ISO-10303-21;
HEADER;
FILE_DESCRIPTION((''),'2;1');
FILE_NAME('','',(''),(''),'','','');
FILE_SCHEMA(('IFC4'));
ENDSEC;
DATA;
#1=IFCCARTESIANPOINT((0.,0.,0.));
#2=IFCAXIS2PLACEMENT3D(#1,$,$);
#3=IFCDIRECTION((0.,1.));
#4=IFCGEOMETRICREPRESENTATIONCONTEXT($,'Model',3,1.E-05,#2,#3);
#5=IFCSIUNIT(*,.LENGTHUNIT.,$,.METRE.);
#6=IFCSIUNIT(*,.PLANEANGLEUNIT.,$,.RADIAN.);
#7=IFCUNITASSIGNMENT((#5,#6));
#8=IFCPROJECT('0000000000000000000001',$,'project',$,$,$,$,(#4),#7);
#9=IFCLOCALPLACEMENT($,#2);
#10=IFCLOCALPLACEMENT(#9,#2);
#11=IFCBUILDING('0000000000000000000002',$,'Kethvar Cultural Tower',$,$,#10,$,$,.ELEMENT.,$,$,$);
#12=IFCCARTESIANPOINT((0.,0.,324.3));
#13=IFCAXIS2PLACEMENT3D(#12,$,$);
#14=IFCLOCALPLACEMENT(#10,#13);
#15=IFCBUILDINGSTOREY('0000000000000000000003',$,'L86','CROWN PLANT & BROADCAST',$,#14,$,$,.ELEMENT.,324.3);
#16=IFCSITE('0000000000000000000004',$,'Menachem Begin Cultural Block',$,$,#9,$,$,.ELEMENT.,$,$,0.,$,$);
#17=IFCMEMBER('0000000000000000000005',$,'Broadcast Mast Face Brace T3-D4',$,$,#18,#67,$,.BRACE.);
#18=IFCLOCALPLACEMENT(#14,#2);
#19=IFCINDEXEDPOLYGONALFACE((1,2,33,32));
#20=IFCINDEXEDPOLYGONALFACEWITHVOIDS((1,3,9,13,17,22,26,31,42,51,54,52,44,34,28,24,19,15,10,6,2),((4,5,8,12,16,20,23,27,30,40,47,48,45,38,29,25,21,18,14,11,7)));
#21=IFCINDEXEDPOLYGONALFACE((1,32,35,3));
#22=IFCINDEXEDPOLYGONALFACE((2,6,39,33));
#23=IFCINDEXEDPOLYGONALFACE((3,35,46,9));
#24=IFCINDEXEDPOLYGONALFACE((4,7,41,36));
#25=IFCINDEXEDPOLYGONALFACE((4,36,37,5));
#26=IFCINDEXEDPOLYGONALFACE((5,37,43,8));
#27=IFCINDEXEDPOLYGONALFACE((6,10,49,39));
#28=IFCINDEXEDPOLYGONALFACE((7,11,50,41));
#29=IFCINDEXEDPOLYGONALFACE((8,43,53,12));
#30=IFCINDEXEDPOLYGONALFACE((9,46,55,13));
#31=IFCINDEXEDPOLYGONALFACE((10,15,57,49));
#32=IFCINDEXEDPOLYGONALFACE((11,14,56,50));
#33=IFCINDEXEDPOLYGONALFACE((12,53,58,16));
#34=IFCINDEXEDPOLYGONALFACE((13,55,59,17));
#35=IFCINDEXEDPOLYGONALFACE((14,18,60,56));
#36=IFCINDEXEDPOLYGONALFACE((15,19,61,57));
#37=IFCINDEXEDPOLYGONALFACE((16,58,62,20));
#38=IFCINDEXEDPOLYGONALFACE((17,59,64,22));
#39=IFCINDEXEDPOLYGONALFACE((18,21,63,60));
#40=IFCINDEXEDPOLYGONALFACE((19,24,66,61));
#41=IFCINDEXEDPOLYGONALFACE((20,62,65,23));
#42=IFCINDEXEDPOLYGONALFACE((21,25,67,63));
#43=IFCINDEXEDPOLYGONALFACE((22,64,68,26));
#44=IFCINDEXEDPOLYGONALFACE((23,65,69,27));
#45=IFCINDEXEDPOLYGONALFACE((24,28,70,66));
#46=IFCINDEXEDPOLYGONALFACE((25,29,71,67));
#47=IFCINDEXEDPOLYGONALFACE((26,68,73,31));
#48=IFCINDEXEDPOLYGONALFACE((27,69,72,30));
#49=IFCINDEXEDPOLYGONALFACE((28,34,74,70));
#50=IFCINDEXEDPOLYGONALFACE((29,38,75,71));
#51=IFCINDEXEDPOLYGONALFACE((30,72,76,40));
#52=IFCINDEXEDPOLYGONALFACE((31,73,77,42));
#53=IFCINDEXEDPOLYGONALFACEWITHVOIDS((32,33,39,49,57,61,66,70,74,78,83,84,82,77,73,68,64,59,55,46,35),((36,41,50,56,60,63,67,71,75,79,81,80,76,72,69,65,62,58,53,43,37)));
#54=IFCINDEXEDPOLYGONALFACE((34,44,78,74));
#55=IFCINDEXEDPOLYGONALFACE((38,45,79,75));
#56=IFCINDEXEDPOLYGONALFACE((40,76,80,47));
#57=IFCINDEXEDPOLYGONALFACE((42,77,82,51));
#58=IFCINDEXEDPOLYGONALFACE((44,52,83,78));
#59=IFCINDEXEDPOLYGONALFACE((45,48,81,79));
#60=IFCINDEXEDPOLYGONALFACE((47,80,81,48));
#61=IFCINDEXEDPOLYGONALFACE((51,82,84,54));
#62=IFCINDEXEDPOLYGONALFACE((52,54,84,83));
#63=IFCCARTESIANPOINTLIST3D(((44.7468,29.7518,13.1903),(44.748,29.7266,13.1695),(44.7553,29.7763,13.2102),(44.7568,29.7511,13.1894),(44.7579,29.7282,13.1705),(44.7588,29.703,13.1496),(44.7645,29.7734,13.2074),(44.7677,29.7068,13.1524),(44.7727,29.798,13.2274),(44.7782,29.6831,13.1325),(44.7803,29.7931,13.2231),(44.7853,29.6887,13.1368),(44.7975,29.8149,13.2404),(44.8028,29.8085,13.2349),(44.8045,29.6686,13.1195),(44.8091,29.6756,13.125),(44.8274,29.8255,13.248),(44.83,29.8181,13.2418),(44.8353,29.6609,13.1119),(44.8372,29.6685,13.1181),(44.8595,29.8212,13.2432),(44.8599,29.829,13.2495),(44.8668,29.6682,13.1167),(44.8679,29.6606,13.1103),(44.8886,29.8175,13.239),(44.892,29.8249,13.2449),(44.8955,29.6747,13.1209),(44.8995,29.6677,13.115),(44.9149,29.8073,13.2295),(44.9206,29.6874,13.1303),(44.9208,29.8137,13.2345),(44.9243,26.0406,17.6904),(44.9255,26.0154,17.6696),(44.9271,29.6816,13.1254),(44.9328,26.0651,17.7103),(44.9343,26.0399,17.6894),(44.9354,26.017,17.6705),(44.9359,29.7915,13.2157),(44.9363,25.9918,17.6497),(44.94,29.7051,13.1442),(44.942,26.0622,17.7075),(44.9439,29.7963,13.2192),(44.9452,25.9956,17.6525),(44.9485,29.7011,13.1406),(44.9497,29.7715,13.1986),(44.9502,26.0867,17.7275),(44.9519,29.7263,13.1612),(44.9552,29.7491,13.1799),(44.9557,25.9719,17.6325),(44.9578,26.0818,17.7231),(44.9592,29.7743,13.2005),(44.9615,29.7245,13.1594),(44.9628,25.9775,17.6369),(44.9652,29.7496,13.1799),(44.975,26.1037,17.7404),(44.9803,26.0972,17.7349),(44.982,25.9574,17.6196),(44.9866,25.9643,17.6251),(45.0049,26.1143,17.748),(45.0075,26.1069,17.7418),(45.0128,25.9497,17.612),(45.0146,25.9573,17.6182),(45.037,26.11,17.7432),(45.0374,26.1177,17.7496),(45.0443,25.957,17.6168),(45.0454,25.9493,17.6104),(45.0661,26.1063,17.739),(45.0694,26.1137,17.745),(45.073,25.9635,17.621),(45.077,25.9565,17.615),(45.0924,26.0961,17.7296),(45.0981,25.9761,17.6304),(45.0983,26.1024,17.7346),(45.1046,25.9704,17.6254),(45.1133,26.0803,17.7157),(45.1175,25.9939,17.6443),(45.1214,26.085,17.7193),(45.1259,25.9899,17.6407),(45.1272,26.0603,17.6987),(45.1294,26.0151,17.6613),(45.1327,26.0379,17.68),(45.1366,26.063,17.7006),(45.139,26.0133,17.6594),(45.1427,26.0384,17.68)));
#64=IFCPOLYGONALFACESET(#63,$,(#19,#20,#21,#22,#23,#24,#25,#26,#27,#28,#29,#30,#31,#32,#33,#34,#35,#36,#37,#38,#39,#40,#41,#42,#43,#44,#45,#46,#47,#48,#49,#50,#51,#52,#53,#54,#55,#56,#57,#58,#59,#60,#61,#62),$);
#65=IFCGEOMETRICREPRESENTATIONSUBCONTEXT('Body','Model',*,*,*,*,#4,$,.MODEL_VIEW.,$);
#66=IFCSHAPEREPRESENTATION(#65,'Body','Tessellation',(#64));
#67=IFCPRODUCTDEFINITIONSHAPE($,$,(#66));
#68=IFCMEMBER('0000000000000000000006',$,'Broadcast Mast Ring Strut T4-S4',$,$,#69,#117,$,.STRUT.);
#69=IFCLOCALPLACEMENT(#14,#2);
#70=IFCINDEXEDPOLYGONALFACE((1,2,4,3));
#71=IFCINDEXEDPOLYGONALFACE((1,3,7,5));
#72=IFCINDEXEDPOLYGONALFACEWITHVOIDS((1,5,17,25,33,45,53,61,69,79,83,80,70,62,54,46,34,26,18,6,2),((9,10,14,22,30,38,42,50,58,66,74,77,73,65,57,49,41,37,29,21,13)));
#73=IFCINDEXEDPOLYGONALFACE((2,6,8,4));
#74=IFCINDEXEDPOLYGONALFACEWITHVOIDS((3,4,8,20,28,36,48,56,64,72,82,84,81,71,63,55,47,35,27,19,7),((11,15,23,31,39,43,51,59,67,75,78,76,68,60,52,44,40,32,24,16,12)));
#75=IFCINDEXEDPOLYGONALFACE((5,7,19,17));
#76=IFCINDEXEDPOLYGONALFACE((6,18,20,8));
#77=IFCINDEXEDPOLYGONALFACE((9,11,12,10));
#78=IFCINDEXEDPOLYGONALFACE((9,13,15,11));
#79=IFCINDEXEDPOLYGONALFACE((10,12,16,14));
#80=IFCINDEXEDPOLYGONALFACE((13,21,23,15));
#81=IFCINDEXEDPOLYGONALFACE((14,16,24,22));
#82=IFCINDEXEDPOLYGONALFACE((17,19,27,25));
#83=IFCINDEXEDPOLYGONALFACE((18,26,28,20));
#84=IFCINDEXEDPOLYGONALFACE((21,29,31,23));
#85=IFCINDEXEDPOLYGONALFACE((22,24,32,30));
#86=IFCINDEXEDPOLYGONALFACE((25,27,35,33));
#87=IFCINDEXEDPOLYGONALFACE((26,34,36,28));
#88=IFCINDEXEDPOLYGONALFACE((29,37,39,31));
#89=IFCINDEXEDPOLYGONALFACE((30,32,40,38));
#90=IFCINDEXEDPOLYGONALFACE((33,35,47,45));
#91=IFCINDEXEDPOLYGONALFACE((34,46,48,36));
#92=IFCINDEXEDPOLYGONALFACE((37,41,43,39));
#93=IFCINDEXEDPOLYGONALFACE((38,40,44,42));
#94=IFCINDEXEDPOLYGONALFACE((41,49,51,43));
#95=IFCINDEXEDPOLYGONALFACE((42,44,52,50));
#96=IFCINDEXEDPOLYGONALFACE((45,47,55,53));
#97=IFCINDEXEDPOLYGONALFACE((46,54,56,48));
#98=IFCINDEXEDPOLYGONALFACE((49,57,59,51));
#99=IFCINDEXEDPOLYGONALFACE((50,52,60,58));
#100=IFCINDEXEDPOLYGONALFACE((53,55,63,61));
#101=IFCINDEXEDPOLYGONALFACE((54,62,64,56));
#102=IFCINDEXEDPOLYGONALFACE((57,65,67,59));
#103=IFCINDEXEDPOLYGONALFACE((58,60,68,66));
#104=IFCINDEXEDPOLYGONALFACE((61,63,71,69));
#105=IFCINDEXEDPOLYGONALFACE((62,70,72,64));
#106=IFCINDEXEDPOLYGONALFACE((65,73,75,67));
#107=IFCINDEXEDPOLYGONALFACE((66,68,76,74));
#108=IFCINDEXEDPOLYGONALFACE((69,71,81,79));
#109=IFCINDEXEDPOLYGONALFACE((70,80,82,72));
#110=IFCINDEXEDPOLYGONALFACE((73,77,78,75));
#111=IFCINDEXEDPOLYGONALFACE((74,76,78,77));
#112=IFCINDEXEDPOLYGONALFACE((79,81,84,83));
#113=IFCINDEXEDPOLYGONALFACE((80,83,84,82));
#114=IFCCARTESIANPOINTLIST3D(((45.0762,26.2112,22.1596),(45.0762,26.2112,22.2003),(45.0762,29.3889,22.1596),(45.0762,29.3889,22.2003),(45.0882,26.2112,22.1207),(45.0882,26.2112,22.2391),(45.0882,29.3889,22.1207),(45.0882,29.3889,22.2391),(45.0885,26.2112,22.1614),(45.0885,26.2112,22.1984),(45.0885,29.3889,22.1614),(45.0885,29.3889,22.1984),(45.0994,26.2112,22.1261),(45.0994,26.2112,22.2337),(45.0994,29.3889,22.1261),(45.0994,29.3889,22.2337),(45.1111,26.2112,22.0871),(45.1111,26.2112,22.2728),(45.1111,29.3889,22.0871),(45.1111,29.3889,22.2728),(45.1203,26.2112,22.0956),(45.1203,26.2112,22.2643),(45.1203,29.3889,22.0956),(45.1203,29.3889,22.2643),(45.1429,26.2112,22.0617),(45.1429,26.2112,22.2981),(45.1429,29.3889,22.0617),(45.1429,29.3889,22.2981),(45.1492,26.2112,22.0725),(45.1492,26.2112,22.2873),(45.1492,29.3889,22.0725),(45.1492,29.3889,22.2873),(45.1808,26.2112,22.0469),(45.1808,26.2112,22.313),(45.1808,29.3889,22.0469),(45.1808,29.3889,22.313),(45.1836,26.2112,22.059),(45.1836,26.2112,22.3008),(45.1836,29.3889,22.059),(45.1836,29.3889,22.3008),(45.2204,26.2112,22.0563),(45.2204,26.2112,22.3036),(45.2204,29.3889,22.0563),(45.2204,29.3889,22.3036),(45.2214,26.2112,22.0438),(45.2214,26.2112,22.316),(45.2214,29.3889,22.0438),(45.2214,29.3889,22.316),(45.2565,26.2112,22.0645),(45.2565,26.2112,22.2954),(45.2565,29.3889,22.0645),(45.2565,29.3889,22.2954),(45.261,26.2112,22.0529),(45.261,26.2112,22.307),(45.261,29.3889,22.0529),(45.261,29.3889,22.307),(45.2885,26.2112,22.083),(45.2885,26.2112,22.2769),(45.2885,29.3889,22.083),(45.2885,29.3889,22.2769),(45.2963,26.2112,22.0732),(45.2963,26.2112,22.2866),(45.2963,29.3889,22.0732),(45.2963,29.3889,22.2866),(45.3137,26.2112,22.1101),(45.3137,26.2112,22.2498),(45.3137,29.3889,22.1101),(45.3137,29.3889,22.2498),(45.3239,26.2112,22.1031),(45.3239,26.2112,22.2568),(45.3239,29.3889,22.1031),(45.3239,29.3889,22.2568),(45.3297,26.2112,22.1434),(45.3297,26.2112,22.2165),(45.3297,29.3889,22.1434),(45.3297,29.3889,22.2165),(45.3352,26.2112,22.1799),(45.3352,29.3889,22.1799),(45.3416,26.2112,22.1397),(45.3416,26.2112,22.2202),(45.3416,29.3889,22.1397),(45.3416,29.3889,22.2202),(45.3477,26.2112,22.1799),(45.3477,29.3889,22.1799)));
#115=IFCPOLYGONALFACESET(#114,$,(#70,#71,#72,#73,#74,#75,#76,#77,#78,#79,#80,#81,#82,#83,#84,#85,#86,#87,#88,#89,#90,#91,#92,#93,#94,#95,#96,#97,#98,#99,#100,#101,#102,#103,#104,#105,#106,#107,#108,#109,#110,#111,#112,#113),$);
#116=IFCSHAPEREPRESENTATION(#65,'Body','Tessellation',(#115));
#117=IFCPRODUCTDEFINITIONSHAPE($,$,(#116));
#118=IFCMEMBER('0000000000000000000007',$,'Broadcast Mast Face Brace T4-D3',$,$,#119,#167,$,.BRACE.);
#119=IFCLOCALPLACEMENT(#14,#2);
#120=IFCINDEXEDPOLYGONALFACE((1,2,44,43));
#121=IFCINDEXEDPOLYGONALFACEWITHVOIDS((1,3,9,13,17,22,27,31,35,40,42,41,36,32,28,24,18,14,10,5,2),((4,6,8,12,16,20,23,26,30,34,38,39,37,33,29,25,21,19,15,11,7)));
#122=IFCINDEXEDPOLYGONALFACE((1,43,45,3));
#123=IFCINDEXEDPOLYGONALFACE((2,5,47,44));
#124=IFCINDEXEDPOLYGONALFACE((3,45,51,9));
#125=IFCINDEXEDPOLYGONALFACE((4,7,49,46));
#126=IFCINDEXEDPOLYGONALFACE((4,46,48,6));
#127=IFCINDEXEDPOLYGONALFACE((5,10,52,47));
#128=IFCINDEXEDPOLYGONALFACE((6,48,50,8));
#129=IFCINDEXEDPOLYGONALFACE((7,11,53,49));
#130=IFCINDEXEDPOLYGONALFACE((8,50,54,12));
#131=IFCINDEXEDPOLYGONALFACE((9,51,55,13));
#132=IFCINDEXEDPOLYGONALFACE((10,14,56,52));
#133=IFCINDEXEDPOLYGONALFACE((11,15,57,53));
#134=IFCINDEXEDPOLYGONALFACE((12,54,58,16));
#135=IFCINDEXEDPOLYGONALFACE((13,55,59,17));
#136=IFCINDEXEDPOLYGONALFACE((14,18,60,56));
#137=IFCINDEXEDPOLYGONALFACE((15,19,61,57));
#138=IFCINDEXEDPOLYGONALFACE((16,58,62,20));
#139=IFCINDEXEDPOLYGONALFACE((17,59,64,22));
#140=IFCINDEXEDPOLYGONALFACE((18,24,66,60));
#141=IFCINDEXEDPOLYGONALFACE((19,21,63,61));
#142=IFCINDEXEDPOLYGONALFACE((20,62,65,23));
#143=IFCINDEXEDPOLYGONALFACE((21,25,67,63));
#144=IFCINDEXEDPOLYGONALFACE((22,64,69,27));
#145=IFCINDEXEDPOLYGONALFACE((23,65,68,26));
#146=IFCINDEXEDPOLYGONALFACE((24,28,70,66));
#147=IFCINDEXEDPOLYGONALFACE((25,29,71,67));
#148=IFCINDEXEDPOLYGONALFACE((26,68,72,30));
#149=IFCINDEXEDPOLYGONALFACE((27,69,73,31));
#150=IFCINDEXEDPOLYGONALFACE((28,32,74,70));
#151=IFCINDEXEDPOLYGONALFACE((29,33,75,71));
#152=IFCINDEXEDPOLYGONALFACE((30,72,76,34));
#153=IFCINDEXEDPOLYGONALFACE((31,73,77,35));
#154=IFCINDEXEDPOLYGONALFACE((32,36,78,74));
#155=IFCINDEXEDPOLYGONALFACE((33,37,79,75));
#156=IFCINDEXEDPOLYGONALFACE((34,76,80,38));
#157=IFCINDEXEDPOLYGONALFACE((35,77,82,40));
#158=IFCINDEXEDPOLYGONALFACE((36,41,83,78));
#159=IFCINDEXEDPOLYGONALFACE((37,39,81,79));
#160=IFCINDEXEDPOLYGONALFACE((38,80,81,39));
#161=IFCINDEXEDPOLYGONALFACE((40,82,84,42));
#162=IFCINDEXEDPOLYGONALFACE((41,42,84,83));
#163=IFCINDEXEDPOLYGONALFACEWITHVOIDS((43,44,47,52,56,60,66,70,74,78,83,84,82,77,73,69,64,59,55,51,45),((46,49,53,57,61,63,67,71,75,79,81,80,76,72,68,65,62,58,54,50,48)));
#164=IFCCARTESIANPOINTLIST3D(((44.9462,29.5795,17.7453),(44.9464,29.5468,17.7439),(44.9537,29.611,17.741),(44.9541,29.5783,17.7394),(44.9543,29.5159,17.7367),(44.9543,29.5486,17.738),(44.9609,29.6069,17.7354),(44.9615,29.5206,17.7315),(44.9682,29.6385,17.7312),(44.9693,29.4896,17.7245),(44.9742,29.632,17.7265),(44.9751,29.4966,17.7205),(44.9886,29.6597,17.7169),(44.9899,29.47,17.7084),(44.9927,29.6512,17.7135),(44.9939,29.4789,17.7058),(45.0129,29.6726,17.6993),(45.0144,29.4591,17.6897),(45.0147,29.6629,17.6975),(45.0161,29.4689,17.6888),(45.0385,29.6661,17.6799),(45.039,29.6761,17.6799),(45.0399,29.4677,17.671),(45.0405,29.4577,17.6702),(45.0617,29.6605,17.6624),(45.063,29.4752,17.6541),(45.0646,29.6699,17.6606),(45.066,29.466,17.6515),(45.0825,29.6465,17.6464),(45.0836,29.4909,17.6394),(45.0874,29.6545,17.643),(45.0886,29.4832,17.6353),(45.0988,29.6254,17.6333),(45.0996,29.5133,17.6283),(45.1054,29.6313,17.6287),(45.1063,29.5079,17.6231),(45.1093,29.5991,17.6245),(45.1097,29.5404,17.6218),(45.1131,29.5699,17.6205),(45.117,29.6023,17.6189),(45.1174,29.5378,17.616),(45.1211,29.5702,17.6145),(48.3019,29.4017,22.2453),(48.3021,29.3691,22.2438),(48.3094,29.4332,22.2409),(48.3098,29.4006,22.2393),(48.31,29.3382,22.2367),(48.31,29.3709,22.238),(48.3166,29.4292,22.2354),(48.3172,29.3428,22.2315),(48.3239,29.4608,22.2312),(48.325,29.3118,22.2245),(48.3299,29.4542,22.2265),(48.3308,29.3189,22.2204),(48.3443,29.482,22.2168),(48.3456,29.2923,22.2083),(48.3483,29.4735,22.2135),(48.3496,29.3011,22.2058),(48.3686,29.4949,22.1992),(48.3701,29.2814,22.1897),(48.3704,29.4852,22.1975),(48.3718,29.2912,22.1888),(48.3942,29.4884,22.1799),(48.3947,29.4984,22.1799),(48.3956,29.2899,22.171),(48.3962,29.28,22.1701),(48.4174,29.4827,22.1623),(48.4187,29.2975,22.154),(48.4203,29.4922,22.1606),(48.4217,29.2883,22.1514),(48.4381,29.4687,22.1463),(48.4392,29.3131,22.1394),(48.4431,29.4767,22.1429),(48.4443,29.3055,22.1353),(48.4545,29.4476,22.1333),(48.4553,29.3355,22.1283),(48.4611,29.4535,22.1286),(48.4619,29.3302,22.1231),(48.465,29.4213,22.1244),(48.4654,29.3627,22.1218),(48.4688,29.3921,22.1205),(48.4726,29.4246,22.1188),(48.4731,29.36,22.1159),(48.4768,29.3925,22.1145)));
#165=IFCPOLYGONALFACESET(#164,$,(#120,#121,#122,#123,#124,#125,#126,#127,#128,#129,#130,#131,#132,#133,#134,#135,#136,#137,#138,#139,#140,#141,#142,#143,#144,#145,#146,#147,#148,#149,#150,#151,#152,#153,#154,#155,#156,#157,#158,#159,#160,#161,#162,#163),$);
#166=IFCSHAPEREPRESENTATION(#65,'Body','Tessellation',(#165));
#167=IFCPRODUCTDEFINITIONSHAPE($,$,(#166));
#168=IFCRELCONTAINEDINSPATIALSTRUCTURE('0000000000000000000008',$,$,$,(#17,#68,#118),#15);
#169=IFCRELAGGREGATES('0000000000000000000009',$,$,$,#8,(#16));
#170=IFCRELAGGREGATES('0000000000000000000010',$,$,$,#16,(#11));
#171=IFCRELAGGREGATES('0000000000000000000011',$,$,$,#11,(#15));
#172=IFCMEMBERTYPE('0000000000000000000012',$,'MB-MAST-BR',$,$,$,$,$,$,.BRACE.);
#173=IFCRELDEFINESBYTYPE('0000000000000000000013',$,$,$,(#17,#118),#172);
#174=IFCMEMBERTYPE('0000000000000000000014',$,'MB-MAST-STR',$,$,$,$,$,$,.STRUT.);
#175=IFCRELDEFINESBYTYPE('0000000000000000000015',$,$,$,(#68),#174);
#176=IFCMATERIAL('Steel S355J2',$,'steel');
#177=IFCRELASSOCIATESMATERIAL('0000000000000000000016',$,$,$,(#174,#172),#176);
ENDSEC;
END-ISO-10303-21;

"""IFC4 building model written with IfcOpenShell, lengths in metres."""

from ifc_helpers import new_model, si_unit, direction, frame, origin, origin_2d, place, context, subcontext, project, spatial, hollow_circle, extrude, source, transform, mapped, material, material_profile, profile_set, type_object, element, save


model = new_model("IFC4")

# Units and contexts
model_context = context("Model", 3, precision=1e-05, world=origin(), true_north=direction((0.0, 1.0)))
body_context = subcontext(model_context, "Body", "Model", "MODEL_VIEW")
ifc_project = project(units=[si_unit("LENGTHUNIT", "METRE"), si_unit("PLANEANGLEUNIT", "RADIAN")], contexts=[model_context])

# Site, building, storey
site_placement = place(None, origin())
site = spatial("IfcSite", under=ifc_project, at=site_placement, Name="Menachem Begin Cultural Block", CompositionType="ELEMENT", RefElevation=0.0)
building_placement = place(site_placement, origin())
building = spatial("IfcBuilding", under=site, at=building_placement, Name="Kethvar Cultural Tower", CompositionType="ELEMENT")
storey_placement = place(building_placement, frame((0.0, 0.0, 324.3)))
storey = spatial("IfcBuildingStorey", under=building, at=storey_placement, Name="L86", Description="CROWN PLANT & BROADCAST", CompositionType="ELEMENT", Elevation=324.3)

# Shared definitions
ifc_material_1 = material(Name="Steel S355J2", Category="steel")

# Members
ifc_material_profile_1 = material_profile(ifc_material_1, hollow_circle(Radius=0.1365, WallThickness=0.0125, at=origin_2d()), Name="Steel S355J2 — CHS273x12.5")
ifc_profile_set_1 = profile_set([ifc_material_profile_1], Name="Steel S355J2 — CHS273x12.5")
member_type_1 = type_object("IfcMemberType", Name="MB-MAST-STR", PredefinedType="STRUT", material=ifc_profile_set_1)
ifc_material_profile_2 = material_profile(ifc_material_1, hollow_circle(Radius=0.1096, WallThickness=0.01, at=origin_2d()), Name="Steel S355J2 — CHS219x10")
ifc_profile_set_2 = profile_set([ifc_material_profile_2], Name="Steel S355J2 — CHS219x10")
member_type_2 = type_object("IfcMemberType", Name="MB-MAST-BR", PredefinedType="BRACE", material=ifc_profile_set_2)
shared_shape_1 = source(origin(), body_context, "Body", "SweptSolid", [
    extrude(hollow_circle(Radius=0.1096, WallThickness=0.01, at=origin_2d()), origin(), (0.0, 0.0, 1.0), 5.8357),
])
member_1_placement = place(storey_placement, frame((44.8557, 29.7444, 13.1799), z_axis=(0.030415, -0.635954, 0.771127), x_axis=(0.998858, 0.047771, 0.0)))
element("IfcMember", 1, at=member_1_placement, inside=storey, type_object=member_type_2, Name="Broadcast Mast Face Brace T3-D4", PredefinedType="BRACE", context=body_context, shape_type="MappedRepresentation", body=[
    mapped(shared_shape_1, transform((0.0, 0.0, 0.0), scale=1.0)),
])
shared_shape_2 = source(origin(), body_context, "Body", "SweptSolid", [
    extrude(hollow_circle(Radius=0.1365, WallThickness=0.0125, at=origin_2d()), origin(), (0.0, 0.0, 1.0), 3.1777),
])
member_2_placement = place(storey_placement, frame((45.2112, 29.3889, 22.1799), z_axis=(0.0, -1.0, 0.0), x_axis=(1.0, 0.0, 0.0)))
element("IfcMember", 2, at=member_2_placement, inside=storey, type_object=member_type_1, Name="Broadcast Mast Ring Strut T4-S4", PredefinedType="STRUT", context=body_context, shape_type="MappedRepresentation", body=[
    mapped(shared_shape_2, transform((0.0, 0.0, 0.0), scale=1.0)),
])
shared_shape_3 = source(origin(), body_context, "Body", "SweptSolid", [
    extrude(hollow_circle(Radius=0.1096, WallThickness=0.01, at=origin_2d()), origin(), (0.0, 0.0, 1.0), 5.6162),
])
member_3_placement = place(storey_placement, frame((45.0332, 29.5667, 17.6799), z_axis=(0.597499, -0.031646, 0.801245), x_axis=(0.052891, 0.9986, 0.0)))
element("IfcMember", 3, at=member_3_placement, inside=storey, type_object=member_type_2, Name="Broadcast Mast Face Brace T4-D3", PredefinedType="BRACE", context=body_context, shape_type="MappedRepresentation", body=[
    mapped(shared_shape_3, transform((0.0, 0.0, 0.0), scale=1.0)),
])

save(model, "model.ifc")
